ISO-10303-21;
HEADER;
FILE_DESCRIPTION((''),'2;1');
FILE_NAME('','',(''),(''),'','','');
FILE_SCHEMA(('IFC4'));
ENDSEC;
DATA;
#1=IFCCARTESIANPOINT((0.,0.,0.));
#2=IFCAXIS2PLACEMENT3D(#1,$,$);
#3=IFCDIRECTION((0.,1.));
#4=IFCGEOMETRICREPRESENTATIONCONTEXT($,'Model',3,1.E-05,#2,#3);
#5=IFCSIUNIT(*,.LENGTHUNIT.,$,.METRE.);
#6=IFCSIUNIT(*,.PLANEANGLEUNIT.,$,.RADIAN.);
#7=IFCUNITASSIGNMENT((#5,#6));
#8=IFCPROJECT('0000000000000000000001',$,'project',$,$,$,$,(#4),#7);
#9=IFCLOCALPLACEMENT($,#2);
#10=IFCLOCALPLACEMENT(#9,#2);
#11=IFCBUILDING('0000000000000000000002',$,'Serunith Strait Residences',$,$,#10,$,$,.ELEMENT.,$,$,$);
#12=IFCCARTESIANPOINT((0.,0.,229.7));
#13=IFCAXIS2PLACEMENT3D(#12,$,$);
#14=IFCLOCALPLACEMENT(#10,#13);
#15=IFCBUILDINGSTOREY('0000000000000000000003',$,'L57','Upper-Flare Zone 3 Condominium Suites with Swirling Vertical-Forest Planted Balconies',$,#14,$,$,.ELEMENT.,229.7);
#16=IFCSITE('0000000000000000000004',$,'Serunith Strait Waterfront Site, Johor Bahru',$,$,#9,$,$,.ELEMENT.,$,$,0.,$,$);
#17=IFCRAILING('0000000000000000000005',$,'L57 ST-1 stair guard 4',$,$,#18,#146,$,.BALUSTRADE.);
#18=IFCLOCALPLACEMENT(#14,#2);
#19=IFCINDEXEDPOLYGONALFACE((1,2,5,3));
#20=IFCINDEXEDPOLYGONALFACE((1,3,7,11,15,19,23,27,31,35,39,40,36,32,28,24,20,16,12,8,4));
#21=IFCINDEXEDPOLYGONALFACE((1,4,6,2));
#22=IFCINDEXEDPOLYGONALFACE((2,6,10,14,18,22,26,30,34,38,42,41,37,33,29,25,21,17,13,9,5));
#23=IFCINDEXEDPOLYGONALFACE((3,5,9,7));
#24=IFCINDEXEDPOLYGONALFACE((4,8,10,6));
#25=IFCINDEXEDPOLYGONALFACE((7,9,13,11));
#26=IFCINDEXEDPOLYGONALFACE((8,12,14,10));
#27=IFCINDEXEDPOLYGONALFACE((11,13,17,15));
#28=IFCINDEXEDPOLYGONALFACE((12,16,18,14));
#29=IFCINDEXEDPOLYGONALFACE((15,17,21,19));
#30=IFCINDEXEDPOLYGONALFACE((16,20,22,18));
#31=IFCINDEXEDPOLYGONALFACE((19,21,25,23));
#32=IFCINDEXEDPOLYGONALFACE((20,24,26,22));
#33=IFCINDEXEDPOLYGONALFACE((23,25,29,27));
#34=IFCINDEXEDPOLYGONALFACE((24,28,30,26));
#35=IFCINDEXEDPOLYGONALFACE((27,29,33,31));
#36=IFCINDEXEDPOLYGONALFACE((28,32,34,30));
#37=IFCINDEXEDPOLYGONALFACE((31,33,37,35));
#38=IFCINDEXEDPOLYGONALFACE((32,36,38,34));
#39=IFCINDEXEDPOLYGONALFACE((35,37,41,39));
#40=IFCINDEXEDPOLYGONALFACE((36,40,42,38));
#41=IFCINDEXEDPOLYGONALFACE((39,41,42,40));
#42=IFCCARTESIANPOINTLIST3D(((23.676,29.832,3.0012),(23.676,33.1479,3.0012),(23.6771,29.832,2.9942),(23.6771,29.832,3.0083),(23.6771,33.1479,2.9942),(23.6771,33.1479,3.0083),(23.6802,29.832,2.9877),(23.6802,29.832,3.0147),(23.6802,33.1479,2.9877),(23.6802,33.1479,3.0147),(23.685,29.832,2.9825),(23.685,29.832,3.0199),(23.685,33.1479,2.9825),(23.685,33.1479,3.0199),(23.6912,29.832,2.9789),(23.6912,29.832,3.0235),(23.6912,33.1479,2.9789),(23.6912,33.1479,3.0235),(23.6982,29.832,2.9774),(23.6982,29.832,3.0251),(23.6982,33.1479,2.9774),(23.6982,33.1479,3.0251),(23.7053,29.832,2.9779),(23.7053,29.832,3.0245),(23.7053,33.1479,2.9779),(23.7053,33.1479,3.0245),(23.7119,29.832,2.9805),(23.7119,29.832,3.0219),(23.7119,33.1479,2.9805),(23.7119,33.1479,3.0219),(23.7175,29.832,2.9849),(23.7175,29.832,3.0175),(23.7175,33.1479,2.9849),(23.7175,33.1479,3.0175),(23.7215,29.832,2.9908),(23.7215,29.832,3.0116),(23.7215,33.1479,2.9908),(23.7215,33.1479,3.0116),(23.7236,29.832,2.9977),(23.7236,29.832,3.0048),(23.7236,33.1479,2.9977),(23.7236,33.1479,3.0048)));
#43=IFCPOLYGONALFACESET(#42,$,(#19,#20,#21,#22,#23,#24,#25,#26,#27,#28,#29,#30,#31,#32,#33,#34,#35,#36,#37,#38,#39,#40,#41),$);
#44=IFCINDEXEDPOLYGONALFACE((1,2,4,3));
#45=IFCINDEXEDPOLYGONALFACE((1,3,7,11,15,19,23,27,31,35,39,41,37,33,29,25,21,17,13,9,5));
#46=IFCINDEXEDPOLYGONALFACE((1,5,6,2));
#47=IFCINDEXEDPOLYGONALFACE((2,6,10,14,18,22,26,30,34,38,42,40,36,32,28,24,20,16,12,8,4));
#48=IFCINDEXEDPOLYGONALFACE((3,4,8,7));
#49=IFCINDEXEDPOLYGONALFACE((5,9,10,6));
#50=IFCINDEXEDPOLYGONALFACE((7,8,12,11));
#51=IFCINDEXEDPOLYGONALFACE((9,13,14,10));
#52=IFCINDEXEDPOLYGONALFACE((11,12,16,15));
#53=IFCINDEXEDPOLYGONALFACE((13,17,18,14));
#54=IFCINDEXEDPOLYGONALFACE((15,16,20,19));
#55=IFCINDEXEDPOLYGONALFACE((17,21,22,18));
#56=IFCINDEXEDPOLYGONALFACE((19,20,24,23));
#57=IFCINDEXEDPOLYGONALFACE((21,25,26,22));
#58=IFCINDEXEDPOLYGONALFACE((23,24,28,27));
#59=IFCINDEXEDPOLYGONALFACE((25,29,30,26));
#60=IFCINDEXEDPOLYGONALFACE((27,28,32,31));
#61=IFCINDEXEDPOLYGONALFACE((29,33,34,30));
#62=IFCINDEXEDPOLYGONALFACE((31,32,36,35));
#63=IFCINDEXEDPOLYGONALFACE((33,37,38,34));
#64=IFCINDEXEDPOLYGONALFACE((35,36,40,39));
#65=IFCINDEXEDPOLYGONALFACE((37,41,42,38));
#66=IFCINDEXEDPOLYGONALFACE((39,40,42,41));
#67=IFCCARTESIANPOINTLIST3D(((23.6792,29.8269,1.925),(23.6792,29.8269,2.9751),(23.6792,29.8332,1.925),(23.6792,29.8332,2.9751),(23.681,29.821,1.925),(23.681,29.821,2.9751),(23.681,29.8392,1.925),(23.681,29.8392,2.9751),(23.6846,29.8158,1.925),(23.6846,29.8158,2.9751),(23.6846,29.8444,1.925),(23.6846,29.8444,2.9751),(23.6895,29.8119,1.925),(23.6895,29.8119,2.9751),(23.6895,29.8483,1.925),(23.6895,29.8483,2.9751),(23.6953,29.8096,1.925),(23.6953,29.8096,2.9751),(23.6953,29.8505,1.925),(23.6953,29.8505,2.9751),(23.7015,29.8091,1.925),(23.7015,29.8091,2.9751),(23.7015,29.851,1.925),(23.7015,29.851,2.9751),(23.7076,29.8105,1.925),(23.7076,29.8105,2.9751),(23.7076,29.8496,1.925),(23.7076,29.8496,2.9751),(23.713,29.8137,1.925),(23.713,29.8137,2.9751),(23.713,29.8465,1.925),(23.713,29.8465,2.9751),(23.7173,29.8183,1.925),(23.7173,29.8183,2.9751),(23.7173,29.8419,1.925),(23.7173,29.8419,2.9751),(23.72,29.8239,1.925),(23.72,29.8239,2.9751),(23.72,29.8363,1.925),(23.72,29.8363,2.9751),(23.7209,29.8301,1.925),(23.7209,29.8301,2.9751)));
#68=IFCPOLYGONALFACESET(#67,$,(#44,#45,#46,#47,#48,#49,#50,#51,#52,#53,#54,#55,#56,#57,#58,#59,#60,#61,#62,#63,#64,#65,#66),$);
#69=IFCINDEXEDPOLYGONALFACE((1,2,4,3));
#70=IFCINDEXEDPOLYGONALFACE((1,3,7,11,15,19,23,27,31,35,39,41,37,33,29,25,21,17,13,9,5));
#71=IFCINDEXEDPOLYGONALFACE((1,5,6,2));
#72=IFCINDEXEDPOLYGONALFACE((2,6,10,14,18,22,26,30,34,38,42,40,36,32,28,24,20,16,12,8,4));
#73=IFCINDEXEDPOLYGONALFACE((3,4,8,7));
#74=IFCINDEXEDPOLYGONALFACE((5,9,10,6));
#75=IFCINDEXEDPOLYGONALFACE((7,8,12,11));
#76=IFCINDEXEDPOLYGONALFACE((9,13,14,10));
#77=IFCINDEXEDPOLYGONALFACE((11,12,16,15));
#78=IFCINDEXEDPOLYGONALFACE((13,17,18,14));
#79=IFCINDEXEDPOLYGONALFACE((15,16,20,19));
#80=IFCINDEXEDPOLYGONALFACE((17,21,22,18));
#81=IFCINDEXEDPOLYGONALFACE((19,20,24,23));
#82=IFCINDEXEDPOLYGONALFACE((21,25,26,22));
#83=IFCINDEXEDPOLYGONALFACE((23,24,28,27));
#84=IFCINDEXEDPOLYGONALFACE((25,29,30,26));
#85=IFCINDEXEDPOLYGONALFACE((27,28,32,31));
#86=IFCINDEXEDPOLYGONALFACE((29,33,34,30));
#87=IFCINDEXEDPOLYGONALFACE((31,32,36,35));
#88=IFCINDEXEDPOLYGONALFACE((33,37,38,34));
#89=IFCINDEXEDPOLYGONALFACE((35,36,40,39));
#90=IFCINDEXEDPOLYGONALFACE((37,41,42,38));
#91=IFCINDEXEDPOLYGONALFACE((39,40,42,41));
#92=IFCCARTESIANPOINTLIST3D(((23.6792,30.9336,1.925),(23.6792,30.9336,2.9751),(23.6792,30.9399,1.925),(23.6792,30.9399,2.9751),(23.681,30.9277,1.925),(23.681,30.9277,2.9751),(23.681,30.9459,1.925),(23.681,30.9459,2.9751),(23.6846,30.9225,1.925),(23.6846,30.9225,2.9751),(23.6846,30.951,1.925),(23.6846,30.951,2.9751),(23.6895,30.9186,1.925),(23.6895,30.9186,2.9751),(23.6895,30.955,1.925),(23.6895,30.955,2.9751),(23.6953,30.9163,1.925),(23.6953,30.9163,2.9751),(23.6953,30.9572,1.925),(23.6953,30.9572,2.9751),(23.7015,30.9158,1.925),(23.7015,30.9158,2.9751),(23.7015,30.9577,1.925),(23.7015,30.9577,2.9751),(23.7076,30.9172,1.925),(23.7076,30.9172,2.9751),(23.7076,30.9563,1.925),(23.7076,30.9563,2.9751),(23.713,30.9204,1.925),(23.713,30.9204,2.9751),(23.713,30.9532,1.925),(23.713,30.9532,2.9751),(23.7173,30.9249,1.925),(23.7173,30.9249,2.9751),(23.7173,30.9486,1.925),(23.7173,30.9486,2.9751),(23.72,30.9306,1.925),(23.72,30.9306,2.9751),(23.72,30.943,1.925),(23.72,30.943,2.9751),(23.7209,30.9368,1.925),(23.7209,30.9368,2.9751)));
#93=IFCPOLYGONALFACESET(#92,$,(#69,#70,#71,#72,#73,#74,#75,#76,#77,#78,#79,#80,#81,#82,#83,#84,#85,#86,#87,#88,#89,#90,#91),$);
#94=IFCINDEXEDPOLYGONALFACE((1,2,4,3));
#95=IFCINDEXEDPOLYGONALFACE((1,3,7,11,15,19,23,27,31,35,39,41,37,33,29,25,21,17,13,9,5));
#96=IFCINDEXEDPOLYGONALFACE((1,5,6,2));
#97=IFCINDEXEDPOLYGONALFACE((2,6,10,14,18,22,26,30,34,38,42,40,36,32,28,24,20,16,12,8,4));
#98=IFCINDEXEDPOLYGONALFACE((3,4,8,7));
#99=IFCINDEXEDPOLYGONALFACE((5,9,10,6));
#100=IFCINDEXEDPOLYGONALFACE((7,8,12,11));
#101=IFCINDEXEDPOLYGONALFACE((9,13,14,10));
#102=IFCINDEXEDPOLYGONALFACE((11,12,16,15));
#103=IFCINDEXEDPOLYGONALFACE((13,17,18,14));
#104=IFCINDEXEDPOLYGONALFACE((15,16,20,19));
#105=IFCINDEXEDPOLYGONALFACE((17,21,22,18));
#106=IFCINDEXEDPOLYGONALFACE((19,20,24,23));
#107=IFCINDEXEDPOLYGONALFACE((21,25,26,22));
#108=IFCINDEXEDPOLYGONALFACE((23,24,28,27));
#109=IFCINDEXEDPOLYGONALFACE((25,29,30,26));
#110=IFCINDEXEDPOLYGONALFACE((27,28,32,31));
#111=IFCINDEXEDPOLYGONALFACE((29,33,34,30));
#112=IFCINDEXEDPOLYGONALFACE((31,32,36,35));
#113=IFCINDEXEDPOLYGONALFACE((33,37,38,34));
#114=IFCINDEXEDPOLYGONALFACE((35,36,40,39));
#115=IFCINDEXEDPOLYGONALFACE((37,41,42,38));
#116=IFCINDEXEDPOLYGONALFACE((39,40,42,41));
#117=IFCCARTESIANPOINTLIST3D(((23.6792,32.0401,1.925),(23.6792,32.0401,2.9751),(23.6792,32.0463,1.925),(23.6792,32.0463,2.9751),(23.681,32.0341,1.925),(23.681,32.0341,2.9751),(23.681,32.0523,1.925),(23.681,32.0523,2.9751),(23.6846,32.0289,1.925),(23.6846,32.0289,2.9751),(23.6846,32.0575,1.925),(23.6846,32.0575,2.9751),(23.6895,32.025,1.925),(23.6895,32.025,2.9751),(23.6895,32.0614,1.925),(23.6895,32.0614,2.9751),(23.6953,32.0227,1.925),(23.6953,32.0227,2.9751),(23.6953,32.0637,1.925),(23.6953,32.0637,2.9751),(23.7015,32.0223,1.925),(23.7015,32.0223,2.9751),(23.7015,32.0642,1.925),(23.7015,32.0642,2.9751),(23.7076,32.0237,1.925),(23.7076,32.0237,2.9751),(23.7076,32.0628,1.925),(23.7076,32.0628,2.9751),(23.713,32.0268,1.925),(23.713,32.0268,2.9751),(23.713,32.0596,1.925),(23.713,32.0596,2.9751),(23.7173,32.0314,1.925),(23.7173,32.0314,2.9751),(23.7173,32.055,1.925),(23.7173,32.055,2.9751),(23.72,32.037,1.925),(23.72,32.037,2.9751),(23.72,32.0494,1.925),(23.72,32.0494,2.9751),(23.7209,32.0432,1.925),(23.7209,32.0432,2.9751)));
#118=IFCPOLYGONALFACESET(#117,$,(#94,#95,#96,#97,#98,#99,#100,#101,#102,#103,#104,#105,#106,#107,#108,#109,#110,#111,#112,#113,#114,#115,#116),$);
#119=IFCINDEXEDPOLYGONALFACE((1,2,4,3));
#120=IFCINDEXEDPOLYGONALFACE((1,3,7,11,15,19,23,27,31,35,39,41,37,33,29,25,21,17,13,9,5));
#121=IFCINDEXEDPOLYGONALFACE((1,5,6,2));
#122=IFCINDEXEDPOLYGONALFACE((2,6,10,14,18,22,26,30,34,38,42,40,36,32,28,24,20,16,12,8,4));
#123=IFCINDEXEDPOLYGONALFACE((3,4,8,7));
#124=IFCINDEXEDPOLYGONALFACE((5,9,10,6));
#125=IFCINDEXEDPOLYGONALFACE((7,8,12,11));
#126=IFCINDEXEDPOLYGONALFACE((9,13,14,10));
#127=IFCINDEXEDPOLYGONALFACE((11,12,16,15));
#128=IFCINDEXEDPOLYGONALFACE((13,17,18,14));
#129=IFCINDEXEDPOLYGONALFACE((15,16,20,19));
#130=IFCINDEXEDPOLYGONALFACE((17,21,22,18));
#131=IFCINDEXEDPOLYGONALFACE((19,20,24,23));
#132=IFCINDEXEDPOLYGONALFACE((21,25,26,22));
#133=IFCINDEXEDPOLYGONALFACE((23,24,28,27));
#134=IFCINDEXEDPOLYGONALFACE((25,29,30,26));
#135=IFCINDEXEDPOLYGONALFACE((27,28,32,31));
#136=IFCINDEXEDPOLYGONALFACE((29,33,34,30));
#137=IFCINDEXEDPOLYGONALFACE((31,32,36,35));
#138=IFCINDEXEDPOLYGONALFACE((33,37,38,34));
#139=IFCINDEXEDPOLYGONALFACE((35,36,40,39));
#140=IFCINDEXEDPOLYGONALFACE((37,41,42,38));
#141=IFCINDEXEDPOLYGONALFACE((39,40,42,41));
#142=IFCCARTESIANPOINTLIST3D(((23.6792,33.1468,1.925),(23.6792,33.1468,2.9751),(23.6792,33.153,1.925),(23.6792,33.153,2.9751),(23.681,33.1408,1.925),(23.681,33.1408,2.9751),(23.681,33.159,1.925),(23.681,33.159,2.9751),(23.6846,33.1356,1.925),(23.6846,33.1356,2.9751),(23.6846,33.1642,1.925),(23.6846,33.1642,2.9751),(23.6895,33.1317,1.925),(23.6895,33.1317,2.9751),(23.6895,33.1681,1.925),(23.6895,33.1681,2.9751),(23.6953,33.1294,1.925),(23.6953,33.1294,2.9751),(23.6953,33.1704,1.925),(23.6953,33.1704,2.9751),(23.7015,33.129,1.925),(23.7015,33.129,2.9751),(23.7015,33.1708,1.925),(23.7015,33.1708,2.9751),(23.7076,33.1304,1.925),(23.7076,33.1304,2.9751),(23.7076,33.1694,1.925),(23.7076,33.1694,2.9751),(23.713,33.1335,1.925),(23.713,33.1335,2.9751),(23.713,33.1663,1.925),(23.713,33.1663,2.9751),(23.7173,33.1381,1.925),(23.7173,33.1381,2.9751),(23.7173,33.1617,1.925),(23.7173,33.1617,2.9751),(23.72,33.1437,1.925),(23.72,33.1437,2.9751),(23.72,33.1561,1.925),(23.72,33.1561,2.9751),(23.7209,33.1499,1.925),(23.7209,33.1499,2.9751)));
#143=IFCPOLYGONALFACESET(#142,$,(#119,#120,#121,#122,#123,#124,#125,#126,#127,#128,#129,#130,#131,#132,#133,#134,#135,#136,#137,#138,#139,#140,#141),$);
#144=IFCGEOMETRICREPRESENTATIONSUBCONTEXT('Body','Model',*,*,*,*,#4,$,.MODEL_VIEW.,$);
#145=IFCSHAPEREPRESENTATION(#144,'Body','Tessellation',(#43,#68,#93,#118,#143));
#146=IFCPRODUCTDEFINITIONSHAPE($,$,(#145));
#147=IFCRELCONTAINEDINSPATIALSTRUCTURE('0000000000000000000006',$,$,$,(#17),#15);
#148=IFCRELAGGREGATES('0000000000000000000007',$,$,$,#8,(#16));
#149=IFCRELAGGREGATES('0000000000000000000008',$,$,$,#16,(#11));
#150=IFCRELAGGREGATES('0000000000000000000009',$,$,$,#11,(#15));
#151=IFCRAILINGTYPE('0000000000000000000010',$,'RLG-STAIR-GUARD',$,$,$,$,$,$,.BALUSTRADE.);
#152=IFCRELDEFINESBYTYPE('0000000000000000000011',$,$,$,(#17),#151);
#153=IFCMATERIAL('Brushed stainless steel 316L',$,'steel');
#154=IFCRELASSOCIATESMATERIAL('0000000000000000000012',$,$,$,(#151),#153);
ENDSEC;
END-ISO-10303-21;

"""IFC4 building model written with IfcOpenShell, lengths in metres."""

from ifc_helpers import new_model, si_unit, direction, frame, origin, origin_2d, place, context, subcontext, project, spatial, circle, extrude, material, type_object, element, save


model = new_model("IFC4")

# Units and contexts
model_context = context("Model", 3, precision=1e-05, world=origin(), true_north=direction((0.0, 1.0)))
body_context = subcontext(model_context, "Body", "Model", "MODEL_VIEW")
ifc_project = project(units=[si_unit("LENGTHUNIT", "METRE"), si_unit("PLANEANGLEUNIT", "RADIAN")], contexts=[model_context])

# Site, building, storey
site_placement = place(None, origin())
site = spatial("IfcSite", under=ifc_project, at=site_placement, Name="Serunith Strait Waterfront Site, Johor Bahru", CompositionType="ELEMENT", RefElevation=0.0)
building_placement = place(site_placement, origin())
building = spatial("IfcBuilding", under=site, at=building_placement, Name="Serunith Strait Residences", CompositionType="ELEMENT")
storey_placement = place(building_placement, frame((0.0, 0.0, 229.7)))
storey = spatial("IfcBuildingStorey", under=building, at=storey_placement, Name="L57", Description="Upper-Flare Zone 3 Condominium Suites with Swirling Vertical-Forest Planted Balconies", CompositionType="ELEMENT", Elevation=229.7)

# Railing
ifc_material_1 = material(Name="Brushed stainless steel 316L", Category="steel")
railing_type_1 = type_object("IfcRailingType", Name="RLG-STAIR-GUARD", PredefinedType="BALUSTRADE", material=ifc_material_1)
for number, where, name in (
    (1, (23.7, 29.8301, 1.925), "L57 ST-1 stair guard 4"),
):
    element("IfcRailing", number, at=place(storey_placement, frame(where)), inside=storey, type_object=railing_type_1, Name=name, PredefinedType="BALUSTRADE", context=body_context, shape_type="SweptSolid", body=[
        extrude(circle(Radius=0.0239, at=origin_2d()), frame((0.0, 0.002, 1.0762), z_axis=(0.0, 1.0, 0.0), x_axis=(-1.0, 0.0, 0.0)), (0.0, 0.0, 1.0), 3.3159),
        extrude(circle(Radius=0.021, at=origin_2d()), origin(), (0.0, 0.0, 1.0), 1.05),
        extrude(circle(Radius=0.021, at=origin_2d()), frame((0.0, 1.1067, 0.0)), (0.0, 0.0, 1.0), 1.05),
        extrude(circle(Radius=0.021, at=origin_2d()), frame((0.0, 2.2131, 0.0)), (0.0, 0.0, 1.0), 1.05),
        extrude(circle(Radius=0.021, at=origin_2d()), frame((0.0, 3.3198, 0.0)), (0.0, 0.0, 1.0), 1.05),
    ])

save(model, "model.ifc")
